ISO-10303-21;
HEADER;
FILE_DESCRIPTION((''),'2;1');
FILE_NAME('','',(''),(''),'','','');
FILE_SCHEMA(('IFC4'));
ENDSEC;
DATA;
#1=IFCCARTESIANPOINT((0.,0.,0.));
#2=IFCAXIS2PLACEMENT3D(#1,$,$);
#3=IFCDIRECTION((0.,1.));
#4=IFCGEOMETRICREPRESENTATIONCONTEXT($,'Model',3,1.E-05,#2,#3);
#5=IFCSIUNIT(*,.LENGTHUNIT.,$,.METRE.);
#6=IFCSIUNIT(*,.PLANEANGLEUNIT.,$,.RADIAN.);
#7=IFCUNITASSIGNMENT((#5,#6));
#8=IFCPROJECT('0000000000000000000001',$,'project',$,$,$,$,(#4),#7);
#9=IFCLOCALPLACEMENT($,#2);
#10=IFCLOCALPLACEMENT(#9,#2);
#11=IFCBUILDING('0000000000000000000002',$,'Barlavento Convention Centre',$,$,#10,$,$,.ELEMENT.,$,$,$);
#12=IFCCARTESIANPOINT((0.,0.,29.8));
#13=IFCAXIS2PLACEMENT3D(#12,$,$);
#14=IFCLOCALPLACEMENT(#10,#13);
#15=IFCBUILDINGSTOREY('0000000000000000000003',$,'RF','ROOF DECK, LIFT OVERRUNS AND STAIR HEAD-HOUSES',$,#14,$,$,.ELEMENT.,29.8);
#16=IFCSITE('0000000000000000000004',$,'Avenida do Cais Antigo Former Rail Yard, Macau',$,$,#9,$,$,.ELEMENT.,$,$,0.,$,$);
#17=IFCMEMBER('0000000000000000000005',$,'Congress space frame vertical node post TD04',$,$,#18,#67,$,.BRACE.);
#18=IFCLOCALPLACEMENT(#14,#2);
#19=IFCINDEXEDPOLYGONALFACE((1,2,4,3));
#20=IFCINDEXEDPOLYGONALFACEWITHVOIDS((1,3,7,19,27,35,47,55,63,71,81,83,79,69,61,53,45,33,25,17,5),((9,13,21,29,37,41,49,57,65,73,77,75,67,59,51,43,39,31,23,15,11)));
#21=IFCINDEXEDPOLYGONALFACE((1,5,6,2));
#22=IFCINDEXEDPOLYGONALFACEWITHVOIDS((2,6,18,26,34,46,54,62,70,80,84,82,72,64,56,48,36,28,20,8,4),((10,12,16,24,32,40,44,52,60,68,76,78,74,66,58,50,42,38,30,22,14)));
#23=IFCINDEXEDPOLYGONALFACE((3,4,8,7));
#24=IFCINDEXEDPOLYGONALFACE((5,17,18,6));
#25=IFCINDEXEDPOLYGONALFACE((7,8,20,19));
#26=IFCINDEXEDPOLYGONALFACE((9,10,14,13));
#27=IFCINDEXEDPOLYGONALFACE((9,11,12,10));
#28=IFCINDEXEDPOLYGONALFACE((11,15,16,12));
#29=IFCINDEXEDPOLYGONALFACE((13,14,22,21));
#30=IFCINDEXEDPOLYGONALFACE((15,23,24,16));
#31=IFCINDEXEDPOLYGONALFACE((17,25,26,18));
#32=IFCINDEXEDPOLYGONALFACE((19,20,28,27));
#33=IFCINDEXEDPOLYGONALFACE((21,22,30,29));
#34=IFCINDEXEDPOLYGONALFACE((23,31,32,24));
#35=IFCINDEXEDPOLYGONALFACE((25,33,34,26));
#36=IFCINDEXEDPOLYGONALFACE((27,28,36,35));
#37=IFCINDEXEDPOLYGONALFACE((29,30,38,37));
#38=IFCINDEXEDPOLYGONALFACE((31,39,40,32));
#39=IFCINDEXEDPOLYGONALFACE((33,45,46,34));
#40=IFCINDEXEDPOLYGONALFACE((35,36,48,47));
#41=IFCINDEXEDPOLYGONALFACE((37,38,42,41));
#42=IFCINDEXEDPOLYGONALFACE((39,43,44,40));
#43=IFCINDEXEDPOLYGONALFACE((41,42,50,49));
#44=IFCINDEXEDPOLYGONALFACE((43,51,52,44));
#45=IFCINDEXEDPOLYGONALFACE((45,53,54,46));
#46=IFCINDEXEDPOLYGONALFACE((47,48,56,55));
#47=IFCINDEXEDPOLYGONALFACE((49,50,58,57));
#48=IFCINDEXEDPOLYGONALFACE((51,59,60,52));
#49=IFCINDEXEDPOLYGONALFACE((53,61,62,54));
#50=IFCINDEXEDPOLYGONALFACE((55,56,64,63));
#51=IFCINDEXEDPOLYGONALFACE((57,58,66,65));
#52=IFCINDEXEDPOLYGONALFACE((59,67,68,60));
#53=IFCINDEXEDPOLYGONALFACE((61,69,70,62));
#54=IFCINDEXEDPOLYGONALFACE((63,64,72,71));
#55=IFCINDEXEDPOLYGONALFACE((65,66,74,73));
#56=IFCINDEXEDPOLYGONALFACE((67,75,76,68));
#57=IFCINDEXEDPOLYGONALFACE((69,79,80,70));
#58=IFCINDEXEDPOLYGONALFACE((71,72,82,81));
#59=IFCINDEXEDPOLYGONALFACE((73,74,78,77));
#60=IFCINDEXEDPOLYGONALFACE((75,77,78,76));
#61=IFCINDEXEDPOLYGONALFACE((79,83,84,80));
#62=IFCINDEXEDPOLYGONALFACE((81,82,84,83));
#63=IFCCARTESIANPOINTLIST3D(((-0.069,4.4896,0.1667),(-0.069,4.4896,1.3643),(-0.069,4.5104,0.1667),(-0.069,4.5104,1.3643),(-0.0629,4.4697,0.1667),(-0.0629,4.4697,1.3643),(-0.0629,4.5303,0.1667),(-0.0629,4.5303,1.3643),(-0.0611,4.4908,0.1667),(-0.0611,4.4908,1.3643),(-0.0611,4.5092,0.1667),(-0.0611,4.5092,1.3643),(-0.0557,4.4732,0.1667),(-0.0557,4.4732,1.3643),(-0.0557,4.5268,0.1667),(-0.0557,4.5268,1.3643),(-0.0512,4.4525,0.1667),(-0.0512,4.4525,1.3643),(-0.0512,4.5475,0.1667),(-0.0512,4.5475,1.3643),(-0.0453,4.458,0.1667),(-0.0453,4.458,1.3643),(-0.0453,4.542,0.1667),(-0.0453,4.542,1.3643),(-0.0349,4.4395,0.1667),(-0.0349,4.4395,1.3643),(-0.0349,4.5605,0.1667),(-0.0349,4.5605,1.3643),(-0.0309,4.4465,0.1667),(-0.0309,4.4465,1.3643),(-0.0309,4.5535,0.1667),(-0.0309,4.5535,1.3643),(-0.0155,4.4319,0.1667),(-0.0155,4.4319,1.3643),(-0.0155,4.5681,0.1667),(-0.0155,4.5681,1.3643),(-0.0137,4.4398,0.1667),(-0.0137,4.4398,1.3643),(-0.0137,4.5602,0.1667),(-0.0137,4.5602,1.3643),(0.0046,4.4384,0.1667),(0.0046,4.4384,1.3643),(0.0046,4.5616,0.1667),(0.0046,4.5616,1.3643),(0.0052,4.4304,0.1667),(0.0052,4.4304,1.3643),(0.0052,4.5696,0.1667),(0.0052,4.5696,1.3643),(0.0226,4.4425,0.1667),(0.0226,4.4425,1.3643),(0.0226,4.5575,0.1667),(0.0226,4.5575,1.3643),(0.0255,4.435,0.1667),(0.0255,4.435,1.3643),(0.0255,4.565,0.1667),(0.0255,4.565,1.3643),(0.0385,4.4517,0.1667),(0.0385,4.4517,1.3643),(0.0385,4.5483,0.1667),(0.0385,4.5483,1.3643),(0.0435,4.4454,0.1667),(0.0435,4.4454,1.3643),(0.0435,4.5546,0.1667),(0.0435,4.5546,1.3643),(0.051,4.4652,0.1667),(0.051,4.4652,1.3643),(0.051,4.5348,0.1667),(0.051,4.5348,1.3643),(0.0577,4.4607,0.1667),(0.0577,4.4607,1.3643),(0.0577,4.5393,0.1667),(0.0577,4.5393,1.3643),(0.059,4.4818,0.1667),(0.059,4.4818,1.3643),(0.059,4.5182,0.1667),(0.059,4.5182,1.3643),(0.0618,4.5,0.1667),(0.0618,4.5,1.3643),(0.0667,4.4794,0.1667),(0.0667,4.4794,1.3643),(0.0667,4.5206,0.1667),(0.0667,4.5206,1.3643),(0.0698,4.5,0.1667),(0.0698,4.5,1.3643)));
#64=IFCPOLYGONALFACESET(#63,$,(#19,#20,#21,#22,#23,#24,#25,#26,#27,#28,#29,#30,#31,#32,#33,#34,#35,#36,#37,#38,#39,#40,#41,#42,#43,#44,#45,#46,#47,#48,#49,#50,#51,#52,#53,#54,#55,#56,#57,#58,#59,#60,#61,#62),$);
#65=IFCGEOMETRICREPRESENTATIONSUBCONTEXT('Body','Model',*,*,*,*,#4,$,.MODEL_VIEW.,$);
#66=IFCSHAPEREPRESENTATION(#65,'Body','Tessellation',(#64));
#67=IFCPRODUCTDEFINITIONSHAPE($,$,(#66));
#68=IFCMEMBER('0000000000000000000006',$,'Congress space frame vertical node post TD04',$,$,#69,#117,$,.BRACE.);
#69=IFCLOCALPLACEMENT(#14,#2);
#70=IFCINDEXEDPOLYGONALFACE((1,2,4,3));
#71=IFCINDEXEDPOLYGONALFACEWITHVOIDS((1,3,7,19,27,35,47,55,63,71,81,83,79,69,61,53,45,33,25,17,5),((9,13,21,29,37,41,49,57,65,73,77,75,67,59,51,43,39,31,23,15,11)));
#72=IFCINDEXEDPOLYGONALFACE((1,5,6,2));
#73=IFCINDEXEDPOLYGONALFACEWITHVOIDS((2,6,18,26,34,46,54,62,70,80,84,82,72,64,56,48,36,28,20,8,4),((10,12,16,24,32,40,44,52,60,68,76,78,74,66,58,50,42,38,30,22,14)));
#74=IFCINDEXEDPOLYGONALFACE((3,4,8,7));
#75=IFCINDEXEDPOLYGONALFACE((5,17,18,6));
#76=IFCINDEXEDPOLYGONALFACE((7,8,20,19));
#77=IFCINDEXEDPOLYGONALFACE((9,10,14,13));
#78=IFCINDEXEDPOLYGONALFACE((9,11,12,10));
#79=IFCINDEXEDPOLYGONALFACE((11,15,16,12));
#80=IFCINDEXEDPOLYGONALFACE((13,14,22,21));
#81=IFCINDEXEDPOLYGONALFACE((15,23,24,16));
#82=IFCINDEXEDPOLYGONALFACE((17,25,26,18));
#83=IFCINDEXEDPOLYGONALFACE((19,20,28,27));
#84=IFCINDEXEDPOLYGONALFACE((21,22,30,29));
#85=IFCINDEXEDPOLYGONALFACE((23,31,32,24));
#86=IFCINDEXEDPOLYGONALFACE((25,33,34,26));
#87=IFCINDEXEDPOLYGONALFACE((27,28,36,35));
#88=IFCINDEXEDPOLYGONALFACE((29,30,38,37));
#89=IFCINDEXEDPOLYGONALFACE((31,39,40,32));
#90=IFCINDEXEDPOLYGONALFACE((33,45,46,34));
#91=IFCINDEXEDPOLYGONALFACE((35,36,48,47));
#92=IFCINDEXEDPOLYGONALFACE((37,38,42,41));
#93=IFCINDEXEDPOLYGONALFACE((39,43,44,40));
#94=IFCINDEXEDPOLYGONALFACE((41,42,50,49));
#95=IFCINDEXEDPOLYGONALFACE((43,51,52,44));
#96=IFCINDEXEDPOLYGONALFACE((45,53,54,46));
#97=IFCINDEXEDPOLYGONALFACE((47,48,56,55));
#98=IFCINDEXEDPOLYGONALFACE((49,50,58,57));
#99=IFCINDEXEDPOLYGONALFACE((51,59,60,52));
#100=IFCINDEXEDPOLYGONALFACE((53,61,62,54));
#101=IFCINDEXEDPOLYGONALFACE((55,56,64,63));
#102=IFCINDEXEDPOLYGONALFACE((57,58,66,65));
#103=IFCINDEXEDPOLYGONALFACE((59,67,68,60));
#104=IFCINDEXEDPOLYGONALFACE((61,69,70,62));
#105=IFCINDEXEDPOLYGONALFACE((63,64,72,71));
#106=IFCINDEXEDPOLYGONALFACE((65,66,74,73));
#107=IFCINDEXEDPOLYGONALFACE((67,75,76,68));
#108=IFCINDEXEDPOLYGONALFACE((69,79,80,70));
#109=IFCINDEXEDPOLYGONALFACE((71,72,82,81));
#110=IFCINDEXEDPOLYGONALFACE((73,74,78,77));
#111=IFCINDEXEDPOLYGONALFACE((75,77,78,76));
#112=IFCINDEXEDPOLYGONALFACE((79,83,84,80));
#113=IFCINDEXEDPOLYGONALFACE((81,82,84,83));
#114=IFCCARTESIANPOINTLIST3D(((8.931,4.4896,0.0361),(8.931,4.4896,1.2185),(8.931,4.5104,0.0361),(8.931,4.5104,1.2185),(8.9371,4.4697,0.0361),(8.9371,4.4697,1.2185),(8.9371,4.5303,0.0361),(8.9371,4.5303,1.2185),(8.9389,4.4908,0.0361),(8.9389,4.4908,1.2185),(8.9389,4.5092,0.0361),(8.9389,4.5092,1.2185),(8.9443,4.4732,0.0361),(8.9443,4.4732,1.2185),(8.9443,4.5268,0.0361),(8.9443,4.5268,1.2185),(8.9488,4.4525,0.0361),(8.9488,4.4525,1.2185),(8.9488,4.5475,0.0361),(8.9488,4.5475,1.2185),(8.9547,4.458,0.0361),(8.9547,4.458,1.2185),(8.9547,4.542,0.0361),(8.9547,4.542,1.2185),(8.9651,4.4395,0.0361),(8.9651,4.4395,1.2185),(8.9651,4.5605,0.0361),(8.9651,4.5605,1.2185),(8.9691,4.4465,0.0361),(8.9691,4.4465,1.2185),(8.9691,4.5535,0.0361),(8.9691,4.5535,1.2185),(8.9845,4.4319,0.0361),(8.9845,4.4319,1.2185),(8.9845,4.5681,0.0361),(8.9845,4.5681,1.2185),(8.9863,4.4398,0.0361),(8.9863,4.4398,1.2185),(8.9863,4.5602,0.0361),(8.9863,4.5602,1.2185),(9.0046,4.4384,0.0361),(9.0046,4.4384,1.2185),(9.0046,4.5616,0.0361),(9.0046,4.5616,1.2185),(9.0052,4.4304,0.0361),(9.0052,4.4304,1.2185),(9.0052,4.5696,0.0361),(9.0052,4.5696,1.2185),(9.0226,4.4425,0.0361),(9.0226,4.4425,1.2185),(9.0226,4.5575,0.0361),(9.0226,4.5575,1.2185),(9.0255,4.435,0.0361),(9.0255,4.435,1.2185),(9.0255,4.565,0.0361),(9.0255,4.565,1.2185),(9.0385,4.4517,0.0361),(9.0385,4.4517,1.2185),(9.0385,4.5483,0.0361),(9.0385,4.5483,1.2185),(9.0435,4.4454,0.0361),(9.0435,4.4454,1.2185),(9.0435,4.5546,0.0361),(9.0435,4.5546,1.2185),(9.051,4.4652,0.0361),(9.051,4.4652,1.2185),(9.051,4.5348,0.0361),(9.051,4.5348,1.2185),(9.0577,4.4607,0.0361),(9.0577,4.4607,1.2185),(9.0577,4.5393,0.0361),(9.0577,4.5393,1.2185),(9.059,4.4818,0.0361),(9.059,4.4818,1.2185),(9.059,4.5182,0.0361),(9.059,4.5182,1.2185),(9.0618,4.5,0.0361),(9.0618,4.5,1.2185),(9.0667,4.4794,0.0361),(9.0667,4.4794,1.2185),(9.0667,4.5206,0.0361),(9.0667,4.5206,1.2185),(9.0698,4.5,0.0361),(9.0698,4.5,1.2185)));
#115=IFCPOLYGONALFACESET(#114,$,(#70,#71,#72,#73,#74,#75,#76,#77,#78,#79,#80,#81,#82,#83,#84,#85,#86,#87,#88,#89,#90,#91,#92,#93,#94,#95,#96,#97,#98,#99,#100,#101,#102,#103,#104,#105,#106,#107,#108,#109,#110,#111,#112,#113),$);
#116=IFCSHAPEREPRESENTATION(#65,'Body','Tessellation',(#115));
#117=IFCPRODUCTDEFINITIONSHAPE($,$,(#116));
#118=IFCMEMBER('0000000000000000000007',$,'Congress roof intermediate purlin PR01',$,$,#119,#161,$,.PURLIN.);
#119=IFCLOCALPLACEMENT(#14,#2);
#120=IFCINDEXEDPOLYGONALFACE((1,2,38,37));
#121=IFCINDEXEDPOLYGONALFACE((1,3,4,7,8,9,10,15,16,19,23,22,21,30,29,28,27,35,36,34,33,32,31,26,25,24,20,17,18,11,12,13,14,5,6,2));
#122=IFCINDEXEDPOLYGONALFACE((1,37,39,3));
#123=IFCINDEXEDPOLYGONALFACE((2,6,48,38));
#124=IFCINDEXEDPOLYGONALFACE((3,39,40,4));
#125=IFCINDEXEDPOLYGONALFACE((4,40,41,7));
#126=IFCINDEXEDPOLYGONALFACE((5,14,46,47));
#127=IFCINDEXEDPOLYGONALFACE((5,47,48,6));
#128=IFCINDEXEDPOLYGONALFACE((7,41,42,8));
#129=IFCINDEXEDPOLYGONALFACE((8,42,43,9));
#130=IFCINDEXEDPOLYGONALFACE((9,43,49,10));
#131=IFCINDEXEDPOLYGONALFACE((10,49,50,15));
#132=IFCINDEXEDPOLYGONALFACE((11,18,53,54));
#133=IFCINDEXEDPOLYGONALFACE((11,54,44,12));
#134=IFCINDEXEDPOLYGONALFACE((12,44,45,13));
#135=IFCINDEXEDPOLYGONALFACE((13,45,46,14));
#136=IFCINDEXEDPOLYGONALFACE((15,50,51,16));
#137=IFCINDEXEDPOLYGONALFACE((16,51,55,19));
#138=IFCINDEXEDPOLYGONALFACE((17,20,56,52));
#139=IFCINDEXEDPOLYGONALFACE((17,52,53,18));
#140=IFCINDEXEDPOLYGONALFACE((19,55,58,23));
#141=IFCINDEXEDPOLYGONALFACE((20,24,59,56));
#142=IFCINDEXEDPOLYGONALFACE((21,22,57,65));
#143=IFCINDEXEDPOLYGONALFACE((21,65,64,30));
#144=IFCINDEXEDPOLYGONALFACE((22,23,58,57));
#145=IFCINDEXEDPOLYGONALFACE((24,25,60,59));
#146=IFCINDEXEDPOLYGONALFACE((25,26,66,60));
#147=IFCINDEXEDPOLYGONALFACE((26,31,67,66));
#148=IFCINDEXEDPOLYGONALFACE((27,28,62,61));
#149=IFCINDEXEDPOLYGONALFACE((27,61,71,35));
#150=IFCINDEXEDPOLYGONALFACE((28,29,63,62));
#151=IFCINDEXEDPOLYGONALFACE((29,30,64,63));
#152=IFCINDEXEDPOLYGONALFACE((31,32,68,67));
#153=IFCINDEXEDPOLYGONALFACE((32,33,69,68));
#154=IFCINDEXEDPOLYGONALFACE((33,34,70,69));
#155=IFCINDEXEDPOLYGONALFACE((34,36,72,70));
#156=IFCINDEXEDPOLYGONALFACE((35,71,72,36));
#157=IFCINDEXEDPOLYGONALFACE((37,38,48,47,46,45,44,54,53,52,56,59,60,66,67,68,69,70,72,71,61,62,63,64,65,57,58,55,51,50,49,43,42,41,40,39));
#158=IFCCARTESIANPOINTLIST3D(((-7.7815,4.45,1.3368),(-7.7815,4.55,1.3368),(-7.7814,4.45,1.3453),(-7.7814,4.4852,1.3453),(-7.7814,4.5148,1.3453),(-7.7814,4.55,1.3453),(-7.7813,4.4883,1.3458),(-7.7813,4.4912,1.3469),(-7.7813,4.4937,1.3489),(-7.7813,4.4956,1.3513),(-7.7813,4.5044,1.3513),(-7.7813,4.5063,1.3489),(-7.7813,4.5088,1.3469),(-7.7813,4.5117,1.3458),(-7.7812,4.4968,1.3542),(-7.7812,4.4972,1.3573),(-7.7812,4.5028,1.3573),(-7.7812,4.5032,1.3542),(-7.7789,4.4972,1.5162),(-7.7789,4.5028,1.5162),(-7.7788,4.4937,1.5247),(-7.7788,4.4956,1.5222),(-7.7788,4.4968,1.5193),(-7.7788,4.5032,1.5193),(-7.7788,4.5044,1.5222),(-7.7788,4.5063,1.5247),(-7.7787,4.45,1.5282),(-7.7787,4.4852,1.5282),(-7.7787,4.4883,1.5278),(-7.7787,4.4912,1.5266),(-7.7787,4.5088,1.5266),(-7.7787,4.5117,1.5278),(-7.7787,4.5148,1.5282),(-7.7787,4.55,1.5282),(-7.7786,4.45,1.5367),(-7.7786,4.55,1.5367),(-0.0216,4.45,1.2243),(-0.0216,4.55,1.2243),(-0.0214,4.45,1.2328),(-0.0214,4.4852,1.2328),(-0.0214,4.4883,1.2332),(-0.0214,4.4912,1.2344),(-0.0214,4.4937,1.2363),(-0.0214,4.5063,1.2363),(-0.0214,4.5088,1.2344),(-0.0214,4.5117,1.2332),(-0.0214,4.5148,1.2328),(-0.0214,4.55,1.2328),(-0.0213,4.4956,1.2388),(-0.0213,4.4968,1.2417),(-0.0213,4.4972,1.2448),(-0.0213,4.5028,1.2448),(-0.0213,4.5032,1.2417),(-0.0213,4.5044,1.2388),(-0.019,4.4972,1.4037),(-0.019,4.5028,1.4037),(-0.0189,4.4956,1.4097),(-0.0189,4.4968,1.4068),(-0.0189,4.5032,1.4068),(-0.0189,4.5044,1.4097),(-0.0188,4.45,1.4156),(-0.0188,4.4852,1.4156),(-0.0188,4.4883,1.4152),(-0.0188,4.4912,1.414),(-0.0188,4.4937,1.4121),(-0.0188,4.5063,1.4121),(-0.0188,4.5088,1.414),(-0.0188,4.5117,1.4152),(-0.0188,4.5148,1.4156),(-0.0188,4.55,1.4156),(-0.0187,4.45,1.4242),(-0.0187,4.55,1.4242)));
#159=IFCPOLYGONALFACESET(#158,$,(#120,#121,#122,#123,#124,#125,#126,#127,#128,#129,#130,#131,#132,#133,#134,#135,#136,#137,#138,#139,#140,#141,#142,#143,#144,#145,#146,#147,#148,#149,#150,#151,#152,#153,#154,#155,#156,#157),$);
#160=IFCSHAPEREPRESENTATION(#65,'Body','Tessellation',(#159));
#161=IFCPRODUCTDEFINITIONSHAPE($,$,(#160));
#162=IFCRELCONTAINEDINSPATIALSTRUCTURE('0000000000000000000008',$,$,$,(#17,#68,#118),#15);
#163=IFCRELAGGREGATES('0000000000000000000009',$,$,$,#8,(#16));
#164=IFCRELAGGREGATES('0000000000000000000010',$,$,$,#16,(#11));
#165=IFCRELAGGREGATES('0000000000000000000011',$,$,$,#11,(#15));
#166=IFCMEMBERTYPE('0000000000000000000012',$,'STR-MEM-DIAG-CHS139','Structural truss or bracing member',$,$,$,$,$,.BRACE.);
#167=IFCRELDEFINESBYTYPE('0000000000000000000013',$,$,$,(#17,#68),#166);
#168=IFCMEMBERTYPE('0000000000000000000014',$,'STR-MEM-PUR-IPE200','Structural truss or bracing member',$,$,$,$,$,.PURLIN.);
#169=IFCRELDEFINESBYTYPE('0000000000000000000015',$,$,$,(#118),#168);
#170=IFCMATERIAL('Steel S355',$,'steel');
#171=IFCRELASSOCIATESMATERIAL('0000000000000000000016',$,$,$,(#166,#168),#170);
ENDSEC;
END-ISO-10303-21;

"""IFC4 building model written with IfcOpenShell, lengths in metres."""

from ifc_helpers import new_model, si_unit, direction, frame, origin, origin_2d, place, context, subcontext, project, spatial, hollow_circle, i_section, extrude, material, material_profile, profile_set, type_object, element, save


model = new_model("IFC4")

# Units and contexts
model_context = context("Model", 3, precision=1e-05, world=origin(), true_north=direction((0.0, 1.0)))
body_context = subcontext(model_context, "Body", "Model", "MODEL_VIEW")
ifc_project = project(units=[si_unit("LENGTHUNIT", "METRE"), si_unit("PLANEANGLEUNIT", "RADIAN")], contexts=[model_context])

# Site, building, storey
site_placement = place(None, origin())
site = spatial("IfcSite", under=ifc_project, at=site_placement, Name="Avenida do Cais Antigo Former Rail Yard, Macau", CompositionType="ELEMENT", RefElevation=0.0)
building_placement = place(site_placement, origin())
building = spatial("IfcBuilding", under=site, at=building_placement, Name="Barlavento Convention Centre", CompositionType="ELEMENT")
storey_placement = place(building_placement, frame((0.0, 0.0, 29.8)))
storey = spatial("IfcBuildingStorey", under=building, at=storey_placement, Name="RF", Description="ROOF DECK, LIFT OVERRUNS AND STAIR HEAD-HOUSES", CompositionType="ELEMENT", Elevation=29.8)

# Shared definitions
ifc_material_1 = material(Name="Steel S355", Category="steel")

# Members
ifc_material_profile_1 = material_profile(ifc_material_1, hollow_circle(Radius=0.0698, WallThickness=0.0081, at=origin_2d()), Name="CHS 139.7x8.0")
ifc_profile_set_1 = profile_set([ifc_material_profile_1], Name="Steel S355")
member_type_1 = type_object("IfcMemberType", Name="STR-MEM-DIAG-CHS139", Description="Structural truss or bracing member", PredefinedType="BRACE", material=ifc_profile_set_1)
member_1_placement = place(storey_placement, frame((0.0, 4.5, 0.1667), z_axis=(0.0, 0.0, 1.0), x_axis=(1.0, 0.0, 0.0)))
element("IfcMember", 1, at=member_1_placement, inside=storey, type_object=member_type_1, Name="Congress space frame vertical node post TD04", PredefinedType="BRACE", context=body_context, shape_type="SweptSolid", body=[
    extrude(hollow_circle(Radius=0.0698, WallThickness=0.0081, at=origin_2d()), origin(), (0.0, 0.0, 1.0), 1.1975),
])
member_2_placement = place(storey_placement, frame((9.0, 4.5, 0.0361), z_axis=(0.0, 0.0, 1.0), x_axis=(1.0, 0.0, 0.0)))
element("IfcMember", 2, at=member_2_placement, inside=storey, type_object=member_type_1, Name="Congress space frame vertical node post TD04", PredefinedType="BRACE", context=body_context, shape_type="SweptSolid", body=[
    extrude(hollow_circle(Radius=0.0698, WallThickness=0.0081, at=origin_2d()), origin(), (0.0, 0.0, 1.0), 1.1824),
])
ifc_material_profile_2 = material_profile(ifc_material_1, i_section(OverallWidth=0.1001, OverallDepth=0.2, WebThickness=0.0056, FlangeThickness=0.0085, FilletRadius=0.012, at=origin_2d()), Name="IPE 200")
ifc_profile_set_2 = profile_set([ifc_material_profile_2], Name="Steel S355")
member_type_2 = type_object("IfcMemberType", Name="STR-MEM-PUR-IPE200", Description="Structural truss or bracing member", PredefinedType="PURLIN", material=ifc_profile_set_2)
member_3_placement = place(storey_placement, frame((-7.78, 4.5, 1.4368), z_axis=(0.999895, 0.0, -0.014502), x_axis=(0.0, 1.0, 0.0)))
element("IfcMember", 3, at=member_3_placement, inside=storey, type_object=member_type_2, Name="Congress roof intermediate purlin PR01", PredefinedType="PURLIN", context=body_context, shape_type="SweptSolid", body=[
    extrude(i_section(OverallWidth=0.1001, OverallDepth=0.2, WebThickness=0.0056, FlangeThickness=0.0085, FilletRadius=0.012, at=origin_2d()), origin(), (0.0, 0.0, 1.0), 7.7607),
])

save(model, "model.ifc")
